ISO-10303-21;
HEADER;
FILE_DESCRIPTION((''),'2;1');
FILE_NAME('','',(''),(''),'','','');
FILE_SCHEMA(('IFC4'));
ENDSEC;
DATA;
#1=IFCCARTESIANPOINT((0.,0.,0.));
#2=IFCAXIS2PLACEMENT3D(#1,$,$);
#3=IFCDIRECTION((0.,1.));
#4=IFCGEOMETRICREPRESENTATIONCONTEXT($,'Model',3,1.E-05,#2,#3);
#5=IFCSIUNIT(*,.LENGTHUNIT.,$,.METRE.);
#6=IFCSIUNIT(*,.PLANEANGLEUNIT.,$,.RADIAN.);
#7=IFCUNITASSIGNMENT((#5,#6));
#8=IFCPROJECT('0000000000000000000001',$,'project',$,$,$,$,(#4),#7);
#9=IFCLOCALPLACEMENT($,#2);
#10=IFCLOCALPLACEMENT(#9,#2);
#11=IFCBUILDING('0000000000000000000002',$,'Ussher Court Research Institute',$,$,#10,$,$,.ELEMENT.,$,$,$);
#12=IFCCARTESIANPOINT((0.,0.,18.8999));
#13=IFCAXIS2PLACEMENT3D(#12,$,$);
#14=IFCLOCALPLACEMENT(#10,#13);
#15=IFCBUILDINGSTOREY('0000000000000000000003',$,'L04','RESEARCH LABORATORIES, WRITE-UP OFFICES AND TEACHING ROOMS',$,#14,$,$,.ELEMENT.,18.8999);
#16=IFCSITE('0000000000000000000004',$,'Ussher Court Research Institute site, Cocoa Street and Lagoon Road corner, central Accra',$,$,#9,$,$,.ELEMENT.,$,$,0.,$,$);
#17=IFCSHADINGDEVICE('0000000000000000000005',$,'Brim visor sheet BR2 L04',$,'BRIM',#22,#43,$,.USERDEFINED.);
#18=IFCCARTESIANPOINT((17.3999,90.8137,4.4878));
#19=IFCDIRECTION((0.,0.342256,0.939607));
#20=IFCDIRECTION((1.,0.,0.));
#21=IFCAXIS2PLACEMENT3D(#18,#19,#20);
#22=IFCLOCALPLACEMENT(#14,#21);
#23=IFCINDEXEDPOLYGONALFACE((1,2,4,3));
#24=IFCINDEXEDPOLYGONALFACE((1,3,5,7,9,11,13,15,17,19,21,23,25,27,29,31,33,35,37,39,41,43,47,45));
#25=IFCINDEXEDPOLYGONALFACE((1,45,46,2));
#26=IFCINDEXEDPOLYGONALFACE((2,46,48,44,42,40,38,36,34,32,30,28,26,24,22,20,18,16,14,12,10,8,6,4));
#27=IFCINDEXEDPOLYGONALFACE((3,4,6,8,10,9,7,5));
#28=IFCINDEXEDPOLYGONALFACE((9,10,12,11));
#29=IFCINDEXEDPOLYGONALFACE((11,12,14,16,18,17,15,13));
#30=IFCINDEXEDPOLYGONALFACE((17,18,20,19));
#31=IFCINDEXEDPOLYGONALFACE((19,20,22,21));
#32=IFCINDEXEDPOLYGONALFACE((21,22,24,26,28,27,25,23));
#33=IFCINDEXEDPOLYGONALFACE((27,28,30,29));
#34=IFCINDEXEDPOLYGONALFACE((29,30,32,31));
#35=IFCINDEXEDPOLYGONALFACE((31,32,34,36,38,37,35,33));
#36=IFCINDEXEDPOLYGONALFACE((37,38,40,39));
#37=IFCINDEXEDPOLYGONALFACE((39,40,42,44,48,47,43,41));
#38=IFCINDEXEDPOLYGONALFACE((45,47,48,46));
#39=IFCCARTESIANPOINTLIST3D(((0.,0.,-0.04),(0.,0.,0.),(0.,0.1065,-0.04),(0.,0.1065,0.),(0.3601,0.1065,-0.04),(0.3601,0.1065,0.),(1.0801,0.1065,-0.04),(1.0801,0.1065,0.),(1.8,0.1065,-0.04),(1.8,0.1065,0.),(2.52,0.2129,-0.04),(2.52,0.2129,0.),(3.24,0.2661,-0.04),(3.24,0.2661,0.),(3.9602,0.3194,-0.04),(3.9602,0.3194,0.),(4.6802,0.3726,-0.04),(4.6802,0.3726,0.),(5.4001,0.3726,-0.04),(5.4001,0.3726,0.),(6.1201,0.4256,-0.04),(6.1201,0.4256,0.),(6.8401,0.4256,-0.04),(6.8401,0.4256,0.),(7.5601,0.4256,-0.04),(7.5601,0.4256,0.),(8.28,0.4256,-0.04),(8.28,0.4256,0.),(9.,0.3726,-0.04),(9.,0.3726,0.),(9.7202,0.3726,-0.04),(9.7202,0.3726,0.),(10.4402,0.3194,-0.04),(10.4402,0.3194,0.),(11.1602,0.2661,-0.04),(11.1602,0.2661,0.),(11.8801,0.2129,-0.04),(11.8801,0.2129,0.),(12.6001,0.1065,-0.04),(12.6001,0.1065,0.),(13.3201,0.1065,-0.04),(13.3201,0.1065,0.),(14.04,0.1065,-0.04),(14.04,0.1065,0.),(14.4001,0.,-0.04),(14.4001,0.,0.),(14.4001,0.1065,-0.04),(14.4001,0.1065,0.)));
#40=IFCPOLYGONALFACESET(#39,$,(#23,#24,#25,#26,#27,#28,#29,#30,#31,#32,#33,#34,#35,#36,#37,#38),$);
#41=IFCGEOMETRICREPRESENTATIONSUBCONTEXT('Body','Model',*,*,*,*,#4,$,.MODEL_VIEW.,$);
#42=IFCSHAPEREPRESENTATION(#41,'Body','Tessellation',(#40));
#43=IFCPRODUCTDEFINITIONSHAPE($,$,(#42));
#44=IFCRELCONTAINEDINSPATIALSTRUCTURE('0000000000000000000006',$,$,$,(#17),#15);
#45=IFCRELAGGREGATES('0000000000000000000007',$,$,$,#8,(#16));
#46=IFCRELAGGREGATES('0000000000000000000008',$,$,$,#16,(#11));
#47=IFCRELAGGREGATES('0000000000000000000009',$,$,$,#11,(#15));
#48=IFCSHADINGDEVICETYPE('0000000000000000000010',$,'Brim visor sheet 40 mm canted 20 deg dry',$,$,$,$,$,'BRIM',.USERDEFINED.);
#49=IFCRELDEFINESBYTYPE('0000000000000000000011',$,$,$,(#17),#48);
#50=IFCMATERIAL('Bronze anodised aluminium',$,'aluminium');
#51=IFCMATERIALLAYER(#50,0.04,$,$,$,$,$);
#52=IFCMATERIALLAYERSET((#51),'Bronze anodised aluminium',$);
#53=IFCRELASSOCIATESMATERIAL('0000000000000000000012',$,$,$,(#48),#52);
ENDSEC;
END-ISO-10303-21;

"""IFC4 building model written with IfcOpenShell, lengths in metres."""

from ifc_helpers import new_model, si_unit, direction, frame, origin, place, context, subcontext, project, spatial, polyline, outline, extrude, material, layer, layer_set, type_object, element, save


model = new_model("IFC4")

# Units and contexts
model_context = context("Model", 3, precision=1e-05, world=origin(), true_north=direction((0.0, 1.0)))
body_context = subcontext(model_context, "Body", "Model", "MODEL_VIEW")
ifc_project = project(units=[si_unit("LENGTHUNIT", "METRE"), si_unit("PLANEANGLEUNIT", "RADIAN")], contexts=[model_context])

# Site, building, storey
site_placement = place(None, origin())
site = spatial("IfcSite", under=ifc_project, at=site_placement, Name="Ussher Court Research Institute site, Cocoa Street and Lagoon Road corner, central Accra", CompositionType="ELEMENT", RefElevation=0.0)
building_placement = place(site_placement, origin())
building = spatial("IfcBuilding", under=site, at=building_placement, Name="Ussher Court Research Institute", CompositionType="ELEMENT")
storey_placement = place(building_placement, frame((0.0, 0.0, 18.8999)))
storey = spatial("IfcBuildingStorey", under=building, at=storey_placement, Name="L04", Description="RESEARCH LABORATORIES, WRITE-UP OFFICES AND TEACHING ROOMS", CompositionType="ELEMENT", Elevation=18.8999)

# Shading device
ifc_material_1 = material(Name="Bronze anodised aluminium", Category="aluminium")
ifc_layer_1 = layer(ifc_material_1, 0.04)
ifc_layer_set_1 = layer_set([ifc_layer_1], Name="Bronze anodised aluminium")
shading_device_type_1 = type_object("IfcShadingDeviceType", Name="Brim visor sheet 40 mm canted 20 deg dry", ElementType="BRIM", PredefinedType="USERDEFINED", material=ifc_layer_set_1)
shading_device_1_placement = place(storey_placement, frame((17.3999, 90.8137, 4.4878), z_axis=(0.0, 0.342256, 0.939607), x_axis=(1.0, 0.0, 0.0)))
element("IfcShadingDevice", 1, at=shading_device_1_placement, inside=storey, type_object=shading_device_type_1, Name="Brim visor sheet BR2 L04", ObjectType="BRIM", PredefinedType="USERDEFINED", context=body_context, shape_type="SweptSolid", body=[
    extrude(outline(polyline([(0.0, 0.0), (14.4001, 0.0), (14.4001, 0.1065), (14.04, 0.1065), (13.3201, 0.1065), (12.6001, 0.1065), (11.8801, 0.2129), (11.1602, 0.2661), (10.4402, 0.3194), (9.7202, 0.3726), (9.0, 0.3726), (8.28, 0.4256), (7.5601, 0.4256), (6.8401, 0.4256), (6.1201, 0.4256), (5.4001, 0.3726), (4.6802, 0.3726), (3.9602, 0.3194), (3.24, 0.2661), (2.52, 0.2129), (1.8, 0.1065), (1.0801, 0.1065), (0.3601, 0.1065), (0.0, 0.1065), (0.0, 0.0)])), origin(), (0.0, 0.0, -1.0), 0.04),
])

save(model, "model.ifc")
